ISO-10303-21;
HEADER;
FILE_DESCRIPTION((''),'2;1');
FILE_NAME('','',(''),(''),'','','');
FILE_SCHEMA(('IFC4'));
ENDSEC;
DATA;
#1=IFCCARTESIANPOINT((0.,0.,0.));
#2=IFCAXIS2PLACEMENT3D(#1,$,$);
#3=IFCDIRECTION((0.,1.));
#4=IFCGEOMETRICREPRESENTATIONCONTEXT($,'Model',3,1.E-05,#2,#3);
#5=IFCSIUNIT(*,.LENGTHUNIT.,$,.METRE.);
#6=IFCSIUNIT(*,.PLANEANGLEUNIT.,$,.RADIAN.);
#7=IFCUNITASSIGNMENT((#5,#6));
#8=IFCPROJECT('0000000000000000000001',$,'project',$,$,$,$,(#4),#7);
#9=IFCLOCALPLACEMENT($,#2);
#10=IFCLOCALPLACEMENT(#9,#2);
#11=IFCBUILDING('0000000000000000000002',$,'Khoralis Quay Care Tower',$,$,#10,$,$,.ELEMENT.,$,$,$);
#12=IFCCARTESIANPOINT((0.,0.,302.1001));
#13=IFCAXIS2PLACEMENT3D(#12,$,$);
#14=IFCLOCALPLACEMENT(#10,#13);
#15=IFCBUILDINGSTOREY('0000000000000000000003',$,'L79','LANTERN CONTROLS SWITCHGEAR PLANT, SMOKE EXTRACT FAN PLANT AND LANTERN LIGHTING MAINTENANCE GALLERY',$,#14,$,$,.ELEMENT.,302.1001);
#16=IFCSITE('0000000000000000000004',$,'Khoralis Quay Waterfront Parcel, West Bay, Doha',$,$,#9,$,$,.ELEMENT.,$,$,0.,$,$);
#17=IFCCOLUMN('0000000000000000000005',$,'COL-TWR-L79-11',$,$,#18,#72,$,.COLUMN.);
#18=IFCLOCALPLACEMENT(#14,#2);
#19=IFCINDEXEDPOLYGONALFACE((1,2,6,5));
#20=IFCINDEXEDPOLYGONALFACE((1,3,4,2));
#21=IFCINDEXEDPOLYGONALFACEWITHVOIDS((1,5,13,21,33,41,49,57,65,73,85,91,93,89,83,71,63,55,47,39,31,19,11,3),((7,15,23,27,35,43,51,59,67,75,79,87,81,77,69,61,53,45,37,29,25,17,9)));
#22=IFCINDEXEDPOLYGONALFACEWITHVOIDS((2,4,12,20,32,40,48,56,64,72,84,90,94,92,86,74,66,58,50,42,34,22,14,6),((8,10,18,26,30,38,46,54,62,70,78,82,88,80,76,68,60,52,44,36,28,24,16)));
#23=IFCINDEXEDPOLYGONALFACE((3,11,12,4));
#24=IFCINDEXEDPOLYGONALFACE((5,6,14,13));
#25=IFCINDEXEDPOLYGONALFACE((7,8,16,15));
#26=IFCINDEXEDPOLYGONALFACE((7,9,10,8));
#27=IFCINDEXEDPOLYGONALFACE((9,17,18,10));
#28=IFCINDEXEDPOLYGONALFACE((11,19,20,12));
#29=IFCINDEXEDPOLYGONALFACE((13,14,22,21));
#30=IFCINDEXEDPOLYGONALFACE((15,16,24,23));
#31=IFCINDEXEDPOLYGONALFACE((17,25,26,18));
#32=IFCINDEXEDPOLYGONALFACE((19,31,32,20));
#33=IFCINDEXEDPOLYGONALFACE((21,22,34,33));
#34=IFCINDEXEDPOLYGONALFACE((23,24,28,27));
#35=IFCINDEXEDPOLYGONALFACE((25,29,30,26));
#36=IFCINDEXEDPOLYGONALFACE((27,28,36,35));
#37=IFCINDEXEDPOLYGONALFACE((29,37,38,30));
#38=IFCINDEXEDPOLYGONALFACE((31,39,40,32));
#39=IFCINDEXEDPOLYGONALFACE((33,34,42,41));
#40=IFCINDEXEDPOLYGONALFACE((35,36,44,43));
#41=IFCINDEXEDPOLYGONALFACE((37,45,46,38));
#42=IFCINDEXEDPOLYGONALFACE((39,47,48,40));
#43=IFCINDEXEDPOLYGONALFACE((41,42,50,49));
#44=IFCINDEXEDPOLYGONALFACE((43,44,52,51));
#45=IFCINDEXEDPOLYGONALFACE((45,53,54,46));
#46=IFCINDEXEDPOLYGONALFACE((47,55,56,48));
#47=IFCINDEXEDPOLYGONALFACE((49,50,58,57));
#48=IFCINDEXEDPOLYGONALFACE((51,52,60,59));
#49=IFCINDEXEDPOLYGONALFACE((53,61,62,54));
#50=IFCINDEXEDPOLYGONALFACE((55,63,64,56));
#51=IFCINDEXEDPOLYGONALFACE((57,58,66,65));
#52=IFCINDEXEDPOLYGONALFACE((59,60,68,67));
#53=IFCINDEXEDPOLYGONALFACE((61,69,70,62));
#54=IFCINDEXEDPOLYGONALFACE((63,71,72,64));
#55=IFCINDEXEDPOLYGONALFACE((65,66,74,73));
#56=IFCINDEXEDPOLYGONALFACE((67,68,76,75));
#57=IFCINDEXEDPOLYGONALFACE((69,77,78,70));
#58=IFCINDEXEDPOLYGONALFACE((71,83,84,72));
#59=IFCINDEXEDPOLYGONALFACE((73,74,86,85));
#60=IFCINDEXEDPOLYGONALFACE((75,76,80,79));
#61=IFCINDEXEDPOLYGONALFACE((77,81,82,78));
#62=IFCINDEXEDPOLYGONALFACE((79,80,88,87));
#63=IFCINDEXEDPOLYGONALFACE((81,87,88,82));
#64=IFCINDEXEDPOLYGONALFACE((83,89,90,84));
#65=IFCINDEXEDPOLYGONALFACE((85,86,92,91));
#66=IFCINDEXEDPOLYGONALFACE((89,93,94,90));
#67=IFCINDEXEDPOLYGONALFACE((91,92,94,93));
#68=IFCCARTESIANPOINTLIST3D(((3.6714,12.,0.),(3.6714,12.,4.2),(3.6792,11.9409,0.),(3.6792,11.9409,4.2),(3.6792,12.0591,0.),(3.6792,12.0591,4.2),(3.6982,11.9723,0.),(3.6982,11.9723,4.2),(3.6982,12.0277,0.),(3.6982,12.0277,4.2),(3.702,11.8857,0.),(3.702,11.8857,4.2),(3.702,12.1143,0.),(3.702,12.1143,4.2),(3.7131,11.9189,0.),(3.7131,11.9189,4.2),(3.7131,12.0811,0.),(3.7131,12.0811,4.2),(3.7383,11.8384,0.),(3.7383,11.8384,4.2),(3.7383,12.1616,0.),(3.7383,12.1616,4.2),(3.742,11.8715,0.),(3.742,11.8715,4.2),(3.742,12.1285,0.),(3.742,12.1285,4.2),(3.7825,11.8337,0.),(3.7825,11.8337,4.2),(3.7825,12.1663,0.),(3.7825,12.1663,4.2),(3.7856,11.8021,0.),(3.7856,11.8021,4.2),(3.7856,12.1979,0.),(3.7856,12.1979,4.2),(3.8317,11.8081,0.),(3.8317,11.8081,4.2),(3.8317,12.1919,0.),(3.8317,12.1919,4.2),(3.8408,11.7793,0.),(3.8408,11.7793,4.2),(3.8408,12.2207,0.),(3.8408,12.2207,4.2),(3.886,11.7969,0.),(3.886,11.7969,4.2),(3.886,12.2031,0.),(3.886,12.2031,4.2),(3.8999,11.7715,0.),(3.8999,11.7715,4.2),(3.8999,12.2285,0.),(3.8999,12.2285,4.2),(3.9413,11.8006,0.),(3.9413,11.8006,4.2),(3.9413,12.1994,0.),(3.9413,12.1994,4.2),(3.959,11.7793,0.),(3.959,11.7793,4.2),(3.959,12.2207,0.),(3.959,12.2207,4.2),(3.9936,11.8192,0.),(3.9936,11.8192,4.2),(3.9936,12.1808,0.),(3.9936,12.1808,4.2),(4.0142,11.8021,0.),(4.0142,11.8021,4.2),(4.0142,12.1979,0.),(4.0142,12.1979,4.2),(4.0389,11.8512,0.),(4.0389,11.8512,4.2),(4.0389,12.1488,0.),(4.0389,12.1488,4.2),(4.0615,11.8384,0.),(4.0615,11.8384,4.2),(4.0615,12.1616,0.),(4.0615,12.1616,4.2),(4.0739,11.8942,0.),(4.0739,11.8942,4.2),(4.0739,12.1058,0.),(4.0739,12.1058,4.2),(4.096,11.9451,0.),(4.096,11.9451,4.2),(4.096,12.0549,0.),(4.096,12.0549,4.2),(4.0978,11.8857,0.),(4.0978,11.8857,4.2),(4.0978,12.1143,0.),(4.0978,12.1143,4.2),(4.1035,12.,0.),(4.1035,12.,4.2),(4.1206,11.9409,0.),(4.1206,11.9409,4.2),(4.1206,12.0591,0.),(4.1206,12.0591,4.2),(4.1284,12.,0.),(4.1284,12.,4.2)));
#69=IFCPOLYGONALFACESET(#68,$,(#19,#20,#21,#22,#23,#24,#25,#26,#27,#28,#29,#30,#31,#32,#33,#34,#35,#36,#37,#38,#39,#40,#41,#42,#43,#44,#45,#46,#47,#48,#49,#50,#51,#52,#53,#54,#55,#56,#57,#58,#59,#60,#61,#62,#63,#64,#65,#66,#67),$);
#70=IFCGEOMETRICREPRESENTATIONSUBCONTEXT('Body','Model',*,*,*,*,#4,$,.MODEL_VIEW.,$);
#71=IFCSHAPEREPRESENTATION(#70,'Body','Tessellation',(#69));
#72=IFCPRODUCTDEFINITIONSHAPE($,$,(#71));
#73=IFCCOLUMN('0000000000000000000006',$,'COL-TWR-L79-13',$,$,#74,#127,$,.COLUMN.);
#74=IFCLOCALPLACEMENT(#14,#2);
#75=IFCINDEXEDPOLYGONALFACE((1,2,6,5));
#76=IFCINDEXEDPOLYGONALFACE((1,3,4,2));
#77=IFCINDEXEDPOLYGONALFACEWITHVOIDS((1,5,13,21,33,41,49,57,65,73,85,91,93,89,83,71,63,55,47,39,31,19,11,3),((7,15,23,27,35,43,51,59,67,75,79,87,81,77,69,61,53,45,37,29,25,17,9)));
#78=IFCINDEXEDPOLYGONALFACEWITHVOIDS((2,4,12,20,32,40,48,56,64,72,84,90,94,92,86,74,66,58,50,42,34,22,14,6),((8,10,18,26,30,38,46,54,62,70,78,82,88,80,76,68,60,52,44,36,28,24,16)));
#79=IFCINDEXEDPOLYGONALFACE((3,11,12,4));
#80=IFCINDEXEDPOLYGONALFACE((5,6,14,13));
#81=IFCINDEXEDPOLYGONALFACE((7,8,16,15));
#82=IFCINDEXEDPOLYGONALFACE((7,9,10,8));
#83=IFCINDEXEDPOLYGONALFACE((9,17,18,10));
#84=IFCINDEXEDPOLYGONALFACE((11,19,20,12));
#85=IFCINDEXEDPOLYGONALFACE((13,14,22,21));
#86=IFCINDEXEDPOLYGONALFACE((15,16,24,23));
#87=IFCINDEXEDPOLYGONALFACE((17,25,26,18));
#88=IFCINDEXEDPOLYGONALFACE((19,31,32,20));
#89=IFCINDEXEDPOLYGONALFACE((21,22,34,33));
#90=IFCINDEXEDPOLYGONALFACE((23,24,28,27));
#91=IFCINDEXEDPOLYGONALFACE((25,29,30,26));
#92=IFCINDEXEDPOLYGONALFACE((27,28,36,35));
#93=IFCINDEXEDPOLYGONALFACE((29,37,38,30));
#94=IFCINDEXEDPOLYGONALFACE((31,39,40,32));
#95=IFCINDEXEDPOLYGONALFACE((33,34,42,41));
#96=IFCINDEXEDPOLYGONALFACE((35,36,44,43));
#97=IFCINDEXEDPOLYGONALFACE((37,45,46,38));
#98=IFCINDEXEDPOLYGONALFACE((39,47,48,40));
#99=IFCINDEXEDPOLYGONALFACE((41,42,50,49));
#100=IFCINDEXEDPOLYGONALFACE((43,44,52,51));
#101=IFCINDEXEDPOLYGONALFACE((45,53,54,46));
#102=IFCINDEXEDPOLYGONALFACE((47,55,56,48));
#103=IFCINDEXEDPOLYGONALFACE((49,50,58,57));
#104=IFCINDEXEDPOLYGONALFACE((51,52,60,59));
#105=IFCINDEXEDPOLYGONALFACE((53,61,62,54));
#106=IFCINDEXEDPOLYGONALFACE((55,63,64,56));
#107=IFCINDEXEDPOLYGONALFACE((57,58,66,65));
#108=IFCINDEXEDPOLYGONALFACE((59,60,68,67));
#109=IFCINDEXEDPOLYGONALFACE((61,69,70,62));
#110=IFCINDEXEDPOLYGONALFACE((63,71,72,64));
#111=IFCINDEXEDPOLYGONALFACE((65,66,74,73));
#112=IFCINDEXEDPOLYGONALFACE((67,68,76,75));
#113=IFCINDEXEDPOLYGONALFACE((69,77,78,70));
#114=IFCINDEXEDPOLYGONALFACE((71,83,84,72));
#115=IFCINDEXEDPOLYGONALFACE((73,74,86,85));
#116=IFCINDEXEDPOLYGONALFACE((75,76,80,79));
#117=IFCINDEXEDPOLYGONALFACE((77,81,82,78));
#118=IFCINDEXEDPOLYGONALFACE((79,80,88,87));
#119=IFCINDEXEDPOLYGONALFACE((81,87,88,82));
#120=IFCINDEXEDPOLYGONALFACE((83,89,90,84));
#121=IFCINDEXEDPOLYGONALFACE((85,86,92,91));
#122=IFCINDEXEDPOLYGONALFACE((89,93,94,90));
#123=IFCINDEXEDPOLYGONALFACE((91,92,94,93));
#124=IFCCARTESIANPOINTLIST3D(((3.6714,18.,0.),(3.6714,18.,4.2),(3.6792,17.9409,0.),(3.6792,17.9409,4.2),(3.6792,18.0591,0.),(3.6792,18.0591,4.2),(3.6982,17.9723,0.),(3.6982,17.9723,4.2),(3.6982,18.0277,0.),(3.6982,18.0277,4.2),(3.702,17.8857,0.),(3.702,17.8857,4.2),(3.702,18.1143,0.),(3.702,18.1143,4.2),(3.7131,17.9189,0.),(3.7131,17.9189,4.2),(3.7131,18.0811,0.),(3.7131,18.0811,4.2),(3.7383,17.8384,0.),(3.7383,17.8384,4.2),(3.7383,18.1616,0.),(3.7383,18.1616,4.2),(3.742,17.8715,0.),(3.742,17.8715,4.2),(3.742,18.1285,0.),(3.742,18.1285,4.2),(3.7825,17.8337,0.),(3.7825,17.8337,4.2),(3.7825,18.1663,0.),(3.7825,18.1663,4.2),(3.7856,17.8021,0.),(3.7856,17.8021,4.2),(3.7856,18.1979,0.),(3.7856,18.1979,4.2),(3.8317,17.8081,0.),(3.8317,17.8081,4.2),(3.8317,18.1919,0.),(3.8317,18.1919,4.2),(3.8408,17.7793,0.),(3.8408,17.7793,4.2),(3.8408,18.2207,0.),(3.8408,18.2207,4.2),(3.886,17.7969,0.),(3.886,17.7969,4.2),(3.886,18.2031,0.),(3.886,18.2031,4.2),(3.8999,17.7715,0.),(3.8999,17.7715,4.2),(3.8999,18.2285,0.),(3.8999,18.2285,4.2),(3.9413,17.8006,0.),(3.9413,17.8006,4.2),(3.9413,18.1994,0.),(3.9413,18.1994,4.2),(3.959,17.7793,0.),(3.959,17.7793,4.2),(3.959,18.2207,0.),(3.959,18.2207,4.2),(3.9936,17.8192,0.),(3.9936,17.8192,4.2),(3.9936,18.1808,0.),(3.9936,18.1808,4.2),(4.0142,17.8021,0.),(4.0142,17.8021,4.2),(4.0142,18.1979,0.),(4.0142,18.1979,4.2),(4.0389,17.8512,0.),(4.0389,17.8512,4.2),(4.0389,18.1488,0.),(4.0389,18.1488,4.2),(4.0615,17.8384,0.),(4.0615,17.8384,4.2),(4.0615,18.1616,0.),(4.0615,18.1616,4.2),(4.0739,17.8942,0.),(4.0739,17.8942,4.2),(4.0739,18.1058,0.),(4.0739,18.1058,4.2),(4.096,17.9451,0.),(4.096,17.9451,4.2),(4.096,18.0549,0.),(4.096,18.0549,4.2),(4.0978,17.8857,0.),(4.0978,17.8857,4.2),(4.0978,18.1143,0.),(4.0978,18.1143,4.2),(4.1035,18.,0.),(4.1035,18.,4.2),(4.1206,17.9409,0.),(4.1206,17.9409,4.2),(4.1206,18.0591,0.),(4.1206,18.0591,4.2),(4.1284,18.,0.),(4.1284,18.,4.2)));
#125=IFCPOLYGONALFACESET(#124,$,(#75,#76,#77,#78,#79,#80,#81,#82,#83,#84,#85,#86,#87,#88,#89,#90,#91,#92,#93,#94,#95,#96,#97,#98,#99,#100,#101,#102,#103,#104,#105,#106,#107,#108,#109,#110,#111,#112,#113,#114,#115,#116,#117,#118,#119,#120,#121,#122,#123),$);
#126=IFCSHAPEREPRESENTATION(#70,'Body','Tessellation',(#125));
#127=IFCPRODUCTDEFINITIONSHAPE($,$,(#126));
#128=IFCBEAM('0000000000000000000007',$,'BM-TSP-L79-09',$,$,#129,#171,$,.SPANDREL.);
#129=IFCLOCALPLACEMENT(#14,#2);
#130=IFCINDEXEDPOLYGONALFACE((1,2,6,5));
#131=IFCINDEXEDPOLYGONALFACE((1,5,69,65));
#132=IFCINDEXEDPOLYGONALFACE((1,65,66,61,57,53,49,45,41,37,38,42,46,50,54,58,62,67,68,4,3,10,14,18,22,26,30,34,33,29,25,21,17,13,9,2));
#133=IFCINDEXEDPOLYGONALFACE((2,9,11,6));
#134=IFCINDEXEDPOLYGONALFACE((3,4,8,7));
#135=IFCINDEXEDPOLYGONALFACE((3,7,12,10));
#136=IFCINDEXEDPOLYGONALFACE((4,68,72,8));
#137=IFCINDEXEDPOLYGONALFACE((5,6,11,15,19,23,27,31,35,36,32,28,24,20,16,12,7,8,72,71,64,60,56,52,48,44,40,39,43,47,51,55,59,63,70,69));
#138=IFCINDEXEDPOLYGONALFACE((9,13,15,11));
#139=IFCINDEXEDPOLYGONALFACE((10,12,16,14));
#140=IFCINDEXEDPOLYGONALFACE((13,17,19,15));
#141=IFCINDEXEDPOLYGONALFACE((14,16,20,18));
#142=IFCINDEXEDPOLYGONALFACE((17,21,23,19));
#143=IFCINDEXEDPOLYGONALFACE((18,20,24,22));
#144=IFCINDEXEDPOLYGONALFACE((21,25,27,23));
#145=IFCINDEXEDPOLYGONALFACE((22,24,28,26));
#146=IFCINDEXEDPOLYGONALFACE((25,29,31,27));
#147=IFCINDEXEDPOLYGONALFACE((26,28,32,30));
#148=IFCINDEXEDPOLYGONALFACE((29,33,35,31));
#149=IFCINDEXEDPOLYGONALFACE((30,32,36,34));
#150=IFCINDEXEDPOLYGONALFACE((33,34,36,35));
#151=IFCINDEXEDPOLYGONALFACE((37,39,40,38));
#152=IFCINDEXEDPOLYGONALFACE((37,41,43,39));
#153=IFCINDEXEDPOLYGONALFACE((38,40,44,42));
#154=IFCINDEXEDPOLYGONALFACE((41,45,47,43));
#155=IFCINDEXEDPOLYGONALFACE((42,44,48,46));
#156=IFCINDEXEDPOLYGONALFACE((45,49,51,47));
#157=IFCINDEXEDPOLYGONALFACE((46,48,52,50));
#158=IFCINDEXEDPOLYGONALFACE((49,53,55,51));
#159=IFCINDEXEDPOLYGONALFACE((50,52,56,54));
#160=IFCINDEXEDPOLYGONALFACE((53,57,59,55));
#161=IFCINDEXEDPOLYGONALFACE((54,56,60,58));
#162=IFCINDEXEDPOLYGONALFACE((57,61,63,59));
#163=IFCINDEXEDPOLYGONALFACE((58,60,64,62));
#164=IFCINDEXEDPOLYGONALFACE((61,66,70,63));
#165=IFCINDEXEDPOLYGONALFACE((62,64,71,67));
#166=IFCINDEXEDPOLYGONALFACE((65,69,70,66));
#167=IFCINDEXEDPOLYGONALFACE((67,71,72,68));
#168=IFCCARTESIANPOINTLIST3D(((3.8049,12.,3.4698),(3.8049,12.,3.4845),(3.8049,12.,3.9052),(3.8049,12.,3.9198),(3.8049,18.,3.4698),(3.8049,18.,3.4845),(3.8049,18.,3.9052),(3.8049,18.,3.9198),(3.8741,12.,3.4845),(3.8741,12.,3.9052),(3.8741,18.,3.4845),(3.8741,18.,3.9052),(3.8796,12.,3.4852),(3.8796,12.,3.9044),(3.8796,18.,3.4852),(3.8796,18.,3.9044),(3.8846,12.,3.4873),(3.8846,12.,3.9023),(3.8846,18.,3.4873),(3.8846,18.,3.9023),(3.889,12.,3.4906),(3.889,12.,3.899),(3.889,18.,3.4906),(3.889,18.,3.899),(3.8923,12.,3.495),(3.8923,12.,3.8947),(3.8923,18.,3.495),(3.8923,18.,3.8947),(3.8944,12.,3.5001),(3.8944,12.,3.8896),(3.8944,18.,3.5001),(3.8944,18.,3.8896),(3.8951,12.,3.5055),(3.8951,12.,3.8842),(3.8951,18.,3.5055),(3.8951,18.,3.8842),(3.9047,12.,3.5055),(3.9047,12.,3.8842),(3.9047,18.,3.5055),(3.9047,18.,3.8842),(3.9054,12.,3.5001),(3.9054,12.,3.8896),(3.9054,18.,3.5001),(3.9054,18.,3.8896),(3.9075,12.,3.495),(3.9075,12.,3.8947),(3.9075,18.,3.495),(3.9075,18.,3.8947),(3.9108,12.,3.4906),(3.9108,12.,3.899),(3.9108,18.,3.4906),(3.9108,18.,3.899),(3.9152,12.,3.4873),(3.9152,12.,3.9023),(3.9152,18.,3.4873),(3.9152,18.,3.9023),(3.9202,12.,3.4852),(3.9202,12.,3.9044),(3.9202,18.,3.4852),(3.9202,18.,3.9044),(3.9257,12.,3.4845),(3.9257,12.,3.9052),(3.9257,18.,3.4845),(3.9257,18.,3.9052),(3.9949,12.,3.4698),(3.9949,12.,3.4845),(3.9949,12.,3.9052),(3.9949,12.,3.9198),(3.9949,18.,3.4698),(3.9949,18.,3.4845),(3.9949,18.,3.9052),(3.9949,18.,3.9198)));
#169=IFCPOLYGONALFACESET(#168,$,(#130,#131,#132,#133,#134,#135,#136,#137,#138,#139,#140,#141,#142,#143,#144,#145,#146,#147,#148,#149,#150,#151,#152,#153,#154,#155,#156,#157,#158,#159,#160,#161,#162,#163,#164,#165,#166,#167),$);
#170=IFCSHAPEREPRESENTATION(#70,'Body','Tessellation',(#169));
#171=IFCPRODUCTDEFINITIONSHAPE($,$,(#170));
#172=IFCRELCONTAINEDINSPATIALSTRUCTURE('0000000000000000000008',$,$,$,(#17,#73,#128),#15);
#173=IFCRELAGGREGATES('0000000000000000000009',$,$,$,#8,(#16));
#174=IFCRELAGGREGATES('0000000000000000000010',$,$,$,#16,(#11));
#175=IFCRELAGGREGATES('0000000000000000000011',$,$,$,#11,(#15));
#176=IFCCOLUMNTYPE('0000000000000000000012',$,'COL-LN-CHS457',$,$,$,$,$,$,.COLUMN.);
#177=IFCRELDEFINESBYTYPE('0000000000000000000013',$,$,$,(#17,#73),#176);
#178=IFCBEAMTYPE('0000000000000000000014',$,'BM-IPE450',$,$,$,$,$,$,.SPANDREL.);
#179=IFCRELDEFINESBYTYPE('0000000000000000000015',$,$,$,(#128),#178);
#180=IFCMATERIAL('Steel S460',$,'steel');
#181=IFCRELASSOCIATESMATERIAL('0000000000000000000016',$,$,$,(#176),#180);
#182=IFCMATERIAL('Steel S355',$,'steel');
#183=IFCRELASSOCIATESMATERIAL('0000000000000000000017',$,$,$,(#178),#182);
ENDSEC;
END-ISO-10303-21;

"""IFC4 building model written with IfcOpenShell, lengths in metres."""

from ifc_helpers import new_model, si_unit, direction, frame, origin, origin_2d, place, context, subcontext, project, spatial, hollow_circle, i_section, extrude, source, transform, mapped, material, material_profile, profile_set, type_object, element, save


model = new_model("IFC4")

# Units and contexts
model_context = context("Model", 3, precision=1e-05, world=origin(), true_north=direction((0.0, 1.0)))
body_context = subcontext(model_context, "Body", "Model", "MODEL_VIEW")
ifc_project = project(units=[si_unit("LENGTHUNIT", "METRE"), si_unit("PLANEANGLEUNIT", "RADIAN")], contexts=[model_context])

# Site, building, storey
site_placement = place(None, origin())
site = spatial("IfcSite", under=ifc_project, at=site_placement, Name="Khoralis Quay Waterfront Parcel, West Bay, Doha", CompositionType="ELEMENT", RefElevation=0.0)
building_placement = place(site_placement, origin())
building = spatial("IfcBuilding", under=site, at=building_placement, Name="Khoralis Quay Care Tower", CompositionType="ELEMENT")
storey_placement = place(building_placement, frame((0.0, 0.0, 302.1001)))
storey = spatial("IfcBuildingStorey", under=building, at=storey_placement, Name="L79", Description="LANTERN CONTROLS SWITCHGEAR PLANT, SMOKE EXTRACT FAN PLANT AND LANTERN LIGHTING MAINTENANCE GALLERY", CompositionType="ELEMENT", Elevation=302.1001)

# Columns
ifc_material_1 = material(Name="Steel S460", Category="steel")
ifc_material_profile_1 = material_profile(ifc_material_1, hollow_circle(Radius=0.2285, WallThickness=0.0249, at=origin_2d()), Name="Steel S460")
ifc_profile_set_1 = profile_set([ifc_material_profile_1], Name="Steel S460")
column_type = type_object("IfcColumnType", Name="COL-LN-CHS457", PredefinedType="COLUMN", material=ifc_profile_set_1)
shared_shape_1 = source(origin(), body_context, "Body", "SweptSolid", [
    extrude(hollow_circle(Radius=0.2285, WallThickness=0.0249, at=origin_2d()), origin(), (0.0, 0.0, 1.0), 4.2),
])
for number, where, z_axis, x_axis, name in (
    (1, (3.8999, 12.0, 0.0), (0.0, 0.0, 1.0), (1.0, 0.0, 0.0), "COL-TWR-L79-11"),
    (2, (3.8999, 18.0, 0.0), (0.0, 0.0, 1.0), (1.0, 0.0, 0.0), "COL-TWR-L79-13"),
):
    element("IfcColumn", number, at=place(storey_placement, frame(where, z_axis=z_axis, x_axis=x_axis)), inside=storey, type_object=column_type, Name=name, PredefinedType="COLUMN", context=body_context, shape_type="MappedRepresentation", body=[
        mapped(shared_shape_1, transform((0.0, 0.0, 0.0), scale=1.0)),
    ])

# Beam
ifc_material_2 = material(Name="Steel S355", Category="steel")
ifc_material_profile_2 = material_profile(ifc_material_2, i_section(OverallWidth=0.1899, OverallDepth=0.45, WebThickness=0.0095, FlangeThickness=0.0146, FilletRadius=0.021, at=origin_2d()), Name="Steel S355")
ifc_profile_set_2 = profile_set([ifc_material_profile_2], Name="Steel S355")
beam_type_1 = type_object("IfcBeamType", Name="BM-IPE450", PredefinedType="SPANDREL", material=ifc_profile_set_2)
shared_shape_2 = source(origin(), body_context, "Body", "SweptSolid", [
    extrude(i_section(OverallWidth=0.1899, OverallDepth=0.45, WebThickness=0.0095, FlangeThickness=0.0146, FilletRadius=0.021, at=origin_2d()), origin(), (0.0, 0.0, 1.0), 6.0),
])
for number, where, z_axis, x_axis, name in (
    (3, (3.8999, 12.0, 3.6948), (0.0, 1.0, 0.0), (-1.0, 0.0, 0.0), "BM-TSP-L79-09"),
):
    element("IfcBeam", number, at=place(storey_placement, frame(where, z_axis=z_axis, x_axis=x_axis)), inside=storey, type_object=beam_type_1, Name=name, PredefinedType="SPANDREL", context=body_context, shape_type="MappedRepresentation", body=[
        mapped(shared_shape_2, transform((0.0, 0.0, 0.0), scale=1.0)),
    ])

save(model, "model.ifc")
